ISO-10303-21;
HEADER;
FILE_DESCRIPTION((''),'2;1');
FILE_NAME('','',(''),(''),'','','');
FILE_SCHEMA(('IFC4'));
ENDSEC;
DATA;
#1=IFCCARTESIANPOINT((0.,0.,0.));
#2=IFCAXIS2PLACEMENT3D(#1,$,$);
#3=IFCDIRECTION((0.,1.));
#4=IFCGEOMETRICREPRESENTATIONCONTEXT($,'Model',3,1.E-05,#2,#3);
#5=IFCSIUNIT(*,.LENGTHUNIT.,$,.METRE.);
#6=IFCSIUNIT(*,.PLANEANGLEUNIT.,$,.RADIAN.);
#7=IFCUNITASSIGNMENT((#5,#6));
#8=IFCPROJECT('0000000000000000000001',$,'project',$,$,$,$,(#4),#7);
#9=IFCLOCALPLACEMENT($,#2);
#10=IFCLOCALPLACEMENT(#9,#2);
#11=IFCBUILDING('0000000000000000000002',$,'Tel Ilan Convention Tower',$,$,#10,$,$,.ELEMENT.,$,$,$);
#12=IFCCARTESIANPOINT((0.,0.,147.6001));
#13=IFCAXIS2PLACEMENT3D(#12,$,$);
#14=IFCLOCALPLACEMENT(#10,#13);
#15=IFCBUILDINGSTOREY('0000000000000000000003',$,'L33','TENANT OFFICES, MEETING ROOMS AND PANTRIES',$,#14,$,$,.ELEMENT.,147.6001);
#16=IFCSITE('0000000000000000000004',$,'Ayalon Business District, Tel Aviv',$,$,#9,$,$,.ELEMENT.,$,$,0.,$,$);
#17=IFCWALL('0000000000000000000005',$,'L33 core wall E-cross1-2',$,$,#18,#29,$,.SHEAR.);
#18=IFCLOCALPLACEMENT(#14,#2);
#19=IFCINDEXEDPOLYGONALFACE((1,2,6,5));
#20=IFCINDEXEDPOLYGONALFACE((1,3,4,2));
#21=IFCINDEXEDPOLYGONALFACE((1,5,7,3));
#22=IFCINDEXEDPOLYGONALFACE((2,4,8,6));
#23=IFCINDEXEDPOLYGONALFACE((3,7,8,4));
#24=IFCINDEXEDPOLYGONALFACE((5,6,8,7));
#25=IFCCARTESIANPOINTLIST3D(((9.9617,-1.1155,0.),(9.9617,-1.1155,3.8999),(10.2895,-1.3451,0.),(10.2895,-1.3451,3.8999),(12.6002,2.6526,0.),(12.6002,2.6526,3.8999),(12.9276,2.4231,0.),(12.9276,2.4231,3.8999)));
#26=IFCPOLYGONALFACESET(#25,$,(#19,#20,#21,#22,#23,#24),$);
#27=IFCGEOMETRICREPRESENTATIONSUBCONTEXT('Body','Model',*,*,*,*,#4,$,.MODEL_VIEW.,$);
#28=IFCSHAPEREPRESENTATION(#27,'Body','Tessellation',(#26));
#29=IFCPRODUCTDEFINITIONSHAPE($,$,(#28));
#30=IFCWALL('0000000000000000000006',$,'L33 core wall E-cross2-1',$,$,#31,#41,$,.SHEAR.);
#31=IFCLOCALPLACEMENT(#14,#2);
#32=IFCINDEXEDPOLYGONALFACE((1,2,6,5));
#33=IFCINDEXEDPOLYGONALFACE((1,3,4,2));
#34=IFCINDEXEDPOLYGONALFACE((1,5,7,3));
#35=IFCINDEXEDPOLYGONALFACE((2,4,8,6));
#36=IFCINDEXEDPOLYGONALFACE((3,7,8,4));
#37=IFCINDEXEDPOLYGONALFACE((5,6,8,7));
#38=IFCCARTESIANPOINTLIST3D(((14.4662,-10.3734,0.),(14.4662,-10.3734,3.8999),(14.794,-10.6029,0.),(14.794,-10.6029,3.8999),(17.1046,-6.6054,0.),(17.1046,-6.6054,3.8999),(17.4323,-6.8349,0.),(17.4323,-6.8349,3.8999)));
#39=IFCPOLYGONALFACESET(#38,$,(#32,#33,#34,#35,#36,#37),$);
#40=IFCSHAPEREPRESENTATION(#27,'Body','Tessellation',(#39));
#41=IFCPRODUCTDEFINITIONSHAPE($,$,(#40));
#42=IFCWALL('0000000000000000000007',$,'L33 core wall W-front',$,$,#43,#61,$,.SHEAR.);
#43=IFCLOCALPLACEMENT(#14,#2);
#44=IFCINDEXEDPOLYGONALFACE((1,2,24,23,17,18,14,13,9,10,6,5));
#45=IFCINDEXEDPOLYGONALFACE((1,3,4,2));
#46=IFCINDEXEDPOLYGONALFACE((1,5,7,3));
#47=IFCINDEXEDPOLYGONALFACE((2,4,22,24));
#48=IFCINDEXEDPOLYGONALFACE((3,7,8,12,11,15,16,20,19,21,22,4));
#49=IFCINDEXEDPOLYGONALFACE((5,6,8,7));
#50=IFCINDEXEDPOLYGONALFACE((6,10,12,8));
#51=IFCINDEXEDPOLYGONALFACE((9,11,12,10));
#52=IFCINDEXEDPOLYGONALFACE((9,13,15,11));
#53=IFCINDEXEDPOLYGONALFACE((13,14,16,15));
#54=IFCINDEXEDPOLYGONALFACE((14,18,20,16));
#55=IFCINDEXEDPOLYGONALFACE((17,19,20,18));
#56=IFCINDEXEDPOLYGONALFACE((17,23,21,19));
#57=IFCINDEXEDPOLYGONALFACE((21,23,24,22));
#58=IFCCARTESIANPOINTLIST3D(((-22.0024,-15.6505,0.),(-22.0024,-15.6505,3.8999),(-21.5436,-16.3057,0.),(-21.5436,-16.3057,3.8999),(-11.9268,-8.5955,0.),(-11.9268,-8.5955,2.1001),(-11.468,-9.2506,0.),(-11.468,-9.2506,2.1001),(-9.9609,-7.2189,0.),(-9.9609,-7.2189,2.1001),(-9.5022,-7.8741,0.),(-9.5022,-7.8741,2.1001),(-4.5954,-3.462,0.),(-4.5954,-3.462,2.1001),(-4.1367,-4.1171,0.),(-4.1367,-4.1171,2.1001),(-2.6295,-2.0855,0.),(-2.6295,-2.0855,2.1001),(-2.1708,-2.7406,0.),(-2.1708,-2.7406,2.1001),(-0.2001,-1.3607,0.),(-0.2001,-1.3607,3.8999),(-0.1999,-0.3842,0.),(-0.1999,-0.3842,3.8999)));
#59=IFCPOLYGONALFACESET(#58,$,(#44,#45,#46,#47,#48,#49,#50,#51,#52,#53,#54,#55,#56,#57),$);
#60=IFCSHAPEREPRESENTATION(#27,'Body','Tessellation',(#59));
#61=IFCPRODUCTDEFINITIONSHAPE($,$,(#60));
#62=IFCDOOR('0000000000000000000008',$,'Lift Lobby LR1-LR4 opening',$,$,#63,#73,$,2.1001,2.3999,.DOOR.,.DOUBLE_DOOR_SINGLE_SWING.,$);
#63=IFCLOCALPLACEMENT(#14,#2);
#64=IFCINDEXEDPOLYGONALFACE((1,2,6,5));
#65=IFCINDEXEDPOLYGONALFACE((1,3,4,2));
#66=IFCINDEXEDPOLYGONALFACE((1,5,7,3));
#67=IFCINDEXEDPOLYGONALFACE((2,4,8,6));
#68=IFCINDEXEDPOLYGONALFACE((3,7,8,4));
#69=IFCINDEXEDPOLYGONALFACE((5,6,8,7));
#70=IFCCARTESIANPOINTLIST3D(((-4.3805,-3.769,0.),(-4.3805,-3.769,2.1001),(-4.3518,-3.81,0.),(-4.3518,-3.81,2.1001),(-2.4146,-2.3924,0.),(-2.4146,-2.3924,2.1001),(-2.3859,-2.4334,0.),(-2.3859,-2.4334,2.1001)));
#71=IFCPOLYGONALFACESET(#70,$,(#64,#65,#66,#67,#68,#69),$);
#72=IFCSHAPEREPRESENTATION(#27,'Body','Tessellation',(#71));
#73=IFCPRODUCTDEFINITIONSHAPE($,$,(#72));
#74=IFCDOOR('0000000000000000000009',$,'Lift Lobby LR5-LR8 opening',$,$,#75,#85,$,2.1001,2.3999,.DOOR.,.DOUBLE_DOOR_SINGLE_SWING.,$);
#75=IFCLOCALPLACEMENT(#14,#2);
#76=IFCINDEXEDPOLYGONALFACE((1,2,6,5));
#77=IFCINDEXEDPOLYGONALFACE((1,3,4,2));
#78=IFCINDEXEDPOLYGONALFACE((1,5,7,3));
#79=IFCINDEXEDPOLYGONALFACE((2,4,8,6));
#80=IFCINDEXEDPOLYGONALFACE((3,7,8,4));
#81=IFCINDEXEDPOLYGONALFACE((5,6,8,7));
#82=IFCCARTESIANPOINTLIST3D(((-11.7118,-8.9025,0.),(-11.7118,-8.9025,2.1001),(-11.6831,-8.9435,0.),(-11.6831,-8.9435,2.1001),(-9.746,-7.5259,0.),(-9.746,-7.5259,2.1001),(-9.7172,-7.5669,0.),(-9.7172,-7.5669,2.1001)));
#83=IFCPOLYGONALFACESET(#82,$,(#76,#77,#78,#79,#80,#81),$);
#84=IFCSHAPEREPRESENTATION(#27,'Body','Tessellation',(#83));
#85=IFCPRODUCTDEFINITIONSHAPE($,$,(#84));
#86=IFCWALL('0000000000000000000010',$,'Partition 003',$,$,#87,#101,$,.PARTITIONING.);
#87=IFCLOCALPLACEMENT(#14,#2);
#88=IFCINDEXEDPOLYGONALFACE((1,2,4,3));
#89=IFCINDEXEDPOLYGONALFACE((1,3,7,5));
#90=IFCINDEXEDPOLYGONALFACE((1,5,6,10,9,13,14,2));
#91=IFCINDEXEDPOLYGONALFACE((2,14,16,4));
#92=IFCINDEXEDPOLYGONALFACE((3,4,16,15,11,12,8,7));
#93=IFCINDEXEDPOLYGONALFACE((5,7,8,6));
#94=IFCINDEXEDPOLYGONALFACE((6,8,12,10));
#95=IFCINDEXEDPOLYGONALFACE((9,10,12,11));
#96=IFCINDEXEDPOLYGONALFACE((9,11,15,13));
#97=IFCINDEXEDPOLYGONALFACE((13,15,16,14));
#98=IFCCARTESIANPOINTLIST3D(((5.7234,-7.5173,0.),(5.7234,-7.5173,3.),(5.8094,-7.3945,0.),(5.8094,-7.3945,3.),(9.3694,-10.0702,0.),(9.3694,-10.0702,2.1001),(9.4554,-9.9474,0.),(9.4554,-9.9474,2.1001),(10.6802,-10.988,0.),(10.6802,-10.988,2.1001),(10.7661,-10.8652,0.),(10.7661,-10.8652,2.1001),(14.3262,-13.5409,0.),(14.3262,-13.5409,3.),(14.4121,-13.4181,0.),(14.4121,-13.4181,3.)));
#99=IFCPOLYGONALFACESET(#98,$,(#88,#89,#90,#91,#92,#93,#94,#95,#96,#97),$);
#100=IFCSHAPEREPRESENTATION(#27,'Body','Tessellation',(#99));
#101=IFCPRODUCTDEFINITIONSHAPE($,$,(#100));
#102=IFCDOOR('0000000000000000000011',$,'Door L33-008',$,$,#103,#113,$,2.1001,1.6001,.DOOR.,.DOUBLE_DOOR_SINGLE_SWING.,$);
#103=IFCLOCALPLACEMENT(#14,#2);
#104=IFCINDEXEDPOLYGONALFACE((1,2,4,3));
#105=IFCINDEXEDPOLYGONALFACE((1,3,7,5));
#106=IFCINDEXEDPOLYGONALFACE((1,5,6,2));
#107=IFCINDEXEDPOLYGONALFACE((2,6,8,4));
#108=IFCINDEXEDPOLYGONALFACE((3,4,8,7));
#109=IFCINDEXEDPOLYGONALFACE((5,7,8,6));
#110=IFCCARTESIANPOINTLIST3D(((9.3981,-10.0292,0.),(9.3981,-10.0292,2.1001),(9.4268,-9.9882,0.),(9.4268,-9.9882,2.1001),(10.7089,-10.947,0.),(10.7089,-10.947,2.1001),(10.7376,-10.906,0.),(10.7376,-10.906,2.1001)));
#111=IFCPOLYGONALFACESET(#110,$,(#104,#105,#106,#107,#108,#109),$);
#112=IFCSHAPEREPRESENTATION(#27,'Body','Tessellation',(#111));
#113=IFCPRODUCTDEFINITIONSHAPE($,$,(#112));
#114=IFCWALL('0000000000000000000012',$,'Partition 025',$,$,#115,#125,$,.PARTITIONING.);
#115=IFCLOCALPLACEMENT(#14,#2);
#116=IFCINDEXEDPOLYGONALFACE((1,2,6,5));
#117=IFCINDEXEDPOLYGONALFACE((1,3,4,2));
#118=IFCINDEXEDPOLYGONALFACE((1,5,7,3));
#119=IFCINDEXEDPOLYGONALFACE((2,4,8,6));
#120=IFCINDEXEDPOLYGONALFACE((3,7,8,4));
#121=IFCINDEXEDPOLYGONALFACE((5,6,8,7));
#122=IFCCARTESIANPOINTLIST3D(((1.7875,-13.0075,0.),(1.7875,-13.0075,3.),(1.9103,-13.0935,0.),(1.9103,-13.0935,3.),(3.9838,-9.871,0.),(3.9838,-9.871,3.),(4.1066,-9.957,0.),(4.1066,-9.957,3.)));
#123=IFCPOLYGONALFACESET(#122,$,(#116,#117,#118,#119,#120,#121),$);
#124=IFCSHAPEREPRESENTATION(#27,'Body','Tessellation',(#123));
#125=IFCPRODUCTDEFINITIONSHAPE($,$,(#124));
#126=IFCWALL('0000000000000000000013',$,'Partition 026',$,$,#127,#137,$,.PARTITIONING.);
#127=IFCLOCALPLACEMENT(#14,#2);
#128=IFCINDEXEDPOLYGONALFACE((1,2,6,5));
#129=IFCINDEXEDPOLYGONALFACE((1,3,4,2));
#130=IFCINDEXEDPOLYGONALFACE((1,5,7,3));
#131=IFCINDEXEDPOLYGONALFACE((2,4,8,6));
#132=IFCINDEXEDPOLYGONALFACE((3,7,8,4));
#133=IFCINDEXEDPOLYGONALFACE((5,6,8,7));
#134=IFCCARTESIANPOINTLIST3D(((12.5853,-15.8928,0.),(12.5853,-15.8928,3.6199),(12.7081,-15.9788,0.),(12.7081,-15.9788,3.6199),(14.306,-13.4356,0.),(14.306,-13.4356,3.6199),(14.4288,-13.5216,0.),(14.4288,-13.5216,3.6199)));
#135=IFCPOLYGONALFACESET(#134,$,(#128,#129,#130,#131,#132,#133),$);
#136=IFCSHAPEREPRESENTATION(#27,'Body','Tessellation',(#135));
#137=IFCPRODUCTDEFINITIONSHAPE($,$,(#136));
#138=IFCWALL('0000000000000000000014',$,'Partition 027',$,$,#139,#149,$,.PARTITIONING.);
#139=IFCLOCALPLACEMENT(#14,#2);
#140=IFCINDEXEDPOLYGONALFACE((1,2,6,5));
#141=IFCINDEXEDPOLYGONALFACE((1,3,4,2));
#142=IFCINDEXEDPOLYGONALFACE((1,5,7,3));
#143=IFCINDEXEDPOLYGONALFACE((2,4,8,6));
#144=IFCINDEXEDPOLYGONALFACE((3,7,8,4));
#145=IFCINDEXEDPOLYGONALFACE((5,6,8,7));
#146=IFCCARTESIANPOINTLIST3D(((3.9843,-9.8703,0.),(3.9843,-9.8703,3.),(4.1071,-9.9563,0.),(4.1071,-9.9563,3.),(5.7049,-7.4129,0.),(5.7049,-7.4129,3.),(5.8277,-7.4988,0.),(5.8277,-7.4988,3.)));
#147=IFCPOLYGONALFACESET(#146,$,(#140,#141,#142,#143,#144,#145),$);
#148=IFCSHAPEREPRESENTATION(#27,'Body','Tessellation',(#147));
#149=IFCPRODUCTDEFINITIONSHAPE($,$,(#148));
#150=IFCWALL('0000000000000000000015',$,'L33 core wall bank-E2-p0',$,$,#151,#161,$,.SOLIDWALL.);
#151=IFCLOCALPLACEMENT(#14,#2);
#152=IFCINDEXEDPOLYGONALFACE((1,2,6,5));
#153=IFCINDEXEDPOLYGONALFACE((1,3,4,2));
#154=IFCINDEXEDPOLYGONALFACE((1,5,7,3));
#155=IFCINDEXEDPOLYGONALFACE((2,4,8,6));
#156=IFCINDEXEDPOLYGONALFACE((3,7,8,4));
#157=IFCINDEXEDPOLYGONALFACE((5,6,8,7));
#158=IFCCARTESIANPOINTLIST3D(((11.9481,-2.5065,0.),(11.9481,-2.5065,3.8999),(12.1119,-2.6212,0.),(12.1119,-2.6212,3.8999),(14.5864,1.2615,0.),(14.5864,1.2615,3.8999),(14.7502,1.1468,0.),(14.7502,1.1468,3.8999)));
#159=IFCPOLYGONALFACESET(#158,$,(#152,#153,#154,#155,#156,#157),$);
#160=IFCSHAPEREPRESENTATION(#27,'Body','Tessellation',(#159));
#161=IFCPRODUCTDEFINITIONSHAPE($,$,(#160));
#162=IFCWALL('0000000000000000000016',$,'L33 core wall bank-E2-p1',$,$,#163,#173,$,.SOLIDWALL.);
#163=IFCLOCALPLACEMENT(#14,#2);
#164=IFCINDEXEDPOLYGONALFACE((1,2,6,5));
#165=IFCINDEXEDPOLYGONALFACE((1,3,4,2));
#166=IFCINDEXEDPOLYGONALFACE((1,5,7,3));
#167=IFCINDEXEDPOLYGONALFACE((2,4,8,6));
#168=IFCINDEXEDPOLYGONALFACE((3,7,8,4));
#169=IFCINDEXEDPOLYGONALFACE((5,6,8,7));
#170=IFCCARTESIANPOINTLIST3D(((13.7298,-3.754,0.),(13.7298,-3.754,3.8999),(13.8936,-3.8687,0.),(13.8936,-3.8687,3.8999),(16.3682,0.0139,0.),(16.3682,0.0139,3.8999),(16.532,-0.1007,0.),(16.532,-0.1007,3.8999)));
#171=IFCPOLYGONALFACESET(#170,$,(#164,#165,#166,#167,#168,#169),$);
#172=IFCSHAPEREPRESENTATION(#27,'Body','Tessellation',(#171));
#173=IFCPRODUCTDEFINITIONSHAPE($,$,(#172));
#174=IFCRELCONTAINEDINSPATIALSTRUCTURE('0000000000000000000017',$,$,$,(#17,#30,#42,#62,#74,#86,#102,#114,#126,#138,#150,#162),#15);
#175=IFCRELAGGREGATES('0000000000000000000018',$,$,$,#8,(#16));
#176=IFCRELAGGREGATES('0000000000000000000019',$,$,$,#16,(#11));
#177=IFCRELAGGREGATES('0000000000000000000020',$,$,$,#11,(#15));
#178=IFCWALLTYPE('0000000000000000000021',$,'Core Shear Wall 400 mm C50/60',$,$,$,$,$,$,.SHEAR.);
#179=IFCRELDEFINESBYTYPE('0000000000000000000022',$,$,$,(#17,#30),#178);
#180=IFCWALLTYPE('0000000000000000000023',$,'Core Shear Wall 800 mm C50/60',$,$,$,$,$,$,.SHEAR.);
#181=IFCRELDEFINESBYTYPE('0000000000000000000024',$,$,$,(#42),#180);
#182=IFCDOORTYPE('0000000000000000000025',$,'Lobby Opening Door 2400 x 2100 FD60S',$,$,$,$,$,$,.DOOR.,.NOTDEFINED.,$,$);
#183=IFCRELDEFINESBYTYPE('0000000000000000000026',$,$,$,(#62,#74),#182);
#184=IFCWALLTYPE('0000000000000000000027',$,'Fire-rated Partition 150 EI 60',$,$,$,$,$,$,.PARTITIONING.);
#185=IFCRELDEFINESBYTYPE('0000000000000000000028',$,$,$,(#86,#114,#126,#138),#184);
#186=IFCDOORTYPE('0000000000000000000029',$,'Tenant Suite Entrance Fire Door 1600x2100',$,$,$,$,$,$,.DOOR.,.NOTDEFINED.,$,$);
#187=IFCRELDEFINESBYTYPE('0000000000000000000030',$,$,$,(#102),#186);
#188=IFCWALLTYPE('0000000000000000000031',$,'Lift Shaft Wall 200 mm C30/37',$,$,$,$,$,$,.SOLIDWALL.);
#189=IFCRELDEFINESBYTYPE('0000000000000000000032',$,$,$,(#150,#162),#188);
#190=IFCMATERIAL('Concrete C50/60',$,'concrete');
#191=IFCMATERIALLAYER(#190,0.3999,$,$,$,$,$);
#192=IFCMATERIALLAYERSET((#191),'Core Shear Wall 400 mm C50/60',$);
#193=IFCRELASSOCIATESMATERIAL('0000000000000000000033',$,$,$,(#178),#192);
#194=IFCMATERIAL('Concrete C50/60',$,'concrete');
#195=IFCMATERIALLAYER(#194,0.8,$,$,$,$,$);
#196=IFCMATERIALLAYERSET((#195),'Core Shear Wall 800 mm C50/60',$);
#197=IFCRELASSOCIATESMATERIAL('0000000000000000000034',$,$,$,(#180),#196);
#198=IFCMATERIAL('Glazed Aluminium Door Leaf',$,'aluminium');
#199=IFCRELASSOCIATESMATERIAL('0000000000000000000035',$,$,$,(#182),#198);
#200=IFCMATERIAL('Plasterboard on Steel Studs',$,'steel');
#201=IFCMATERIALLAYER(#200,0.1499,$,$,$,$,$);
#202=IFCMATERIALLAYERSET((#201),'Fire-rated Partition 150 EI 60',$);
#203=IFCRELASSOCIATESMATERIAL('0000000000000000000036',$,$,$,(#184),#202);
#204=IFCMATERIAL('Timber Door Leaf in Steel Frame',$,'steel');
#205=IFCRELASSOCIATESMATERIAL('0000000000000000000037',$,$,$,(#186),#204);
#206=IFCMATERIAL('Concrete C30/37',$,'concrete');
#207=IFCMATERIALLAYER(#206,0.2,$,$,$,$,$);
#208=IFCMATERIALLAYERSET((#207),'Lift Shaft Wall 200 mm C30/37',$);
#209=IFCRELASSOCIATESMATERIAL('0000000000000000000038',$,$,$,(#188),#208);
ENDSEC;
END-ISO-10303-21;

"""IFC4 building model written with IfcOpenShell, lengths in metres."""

from ifc_helpers import new_model, si_unit, direction, frame, frame_2d, origin, place, context, subcontext, project, spatial, polyline, rectangle, outline, extrude, material, layer, layer_set, type_object, element, fill, save


model = new_model("IFC4")

# Units and contexts
model_context = context("Model", 3, precision=1e-05, world=origin(), true_north=direction((0.0, 1.0)))
body_context = subcontext(model_context, "Body", "Model", "MODEL_VIEW")
ifc_project = project(units=[si_unit("LENGTHUNIT", "METRE"), si_unit("PLANEANGLEUNIT", "RADIAN")], contexts=[model_context])

# Site, building, storey
site_placement = place(None, origin())
site = spatial("IfcSite", under=ifc_project, at=site_placement, Name="Ayalon Business District, Tel Aviv", CompositionType="ELEMENT", RefElevation=0.0)
building_placement = place(site_placement, origin())
building = spatial("IfcBuilding", under=site, at=building_placement, Name="Tel Ilan Convention Tower", CompositionType="ELEMENT")
storey_placement = place(building_placement, frame((0.0, 0.0, 147.6001)))
storey = spatial("IfcBuildingStorey", under=building, at=storey_placement, Name="L33", Description="TENANT OFFICES, MEETING ROOMS AND PANTRIES", CompositionType="ELEMENT", Elevation=147.6001)

# Walls
ifc_material_1 = material(Name="Concrete C50/60", Category="concrete")
ifc_layer_1 = layer(ifc_material_1, 0.3999)
ifc_layer_set_1 = layer_set([ifc_layer_1], Name="Core Shear Wall 400 mm C50/60")
wall_type_1 = type_object("IfcWallType", Name="Core Shear Wall 400 mm C50/60", PredefinedType="SHEAR", material=ifc_layer_set_1)
wall_1_placement = place(storey_placement, frame((10.1255, -1.2302, 0.0), z_axis=(0.0, 0.0, 1.0), x_axis=(0.573576, 0.819152, 0.0)))
element("IfcWall", 1, at=wall_1_placement, inside=storey, type_object=wall_type_1, Name="L33 core wall E-cross1-2", PredefinedType="SHEAR", context=body_context, shape_type="SweptSolid", body=[
    extrude(outline(polyline([(4.5999, -0.2), (4.6001, 0.2), (0.0, 0.2), (0.0, -0.2002), (4.5999, -0.2)])), origin(), (0.0, 0.0, 1.0), 3.8999),
])
wall_2_placement = place(storey_placement, frame((14.6299, -10.4883, 0.0), z_axis=(0.0, 0.0, 1.0), x_axis=(0.573612, 0.819127, 0.0)))
element("IfcWall", 2, at=wall_2_placement, inside=storey, type_object=wall_type_1, Name="L33 core wall E-cross2-1", PredefinedType="SHEAR", context=body_context, shape_type="SweptSolid", body=[
    extrude(outline(polyline([(0.0002, 0.2), (0.0002, -0.2002), (4.6001, -0.2), (4.6001, 0.2002), (0.0002, 0.2)])), origin(), (0.0, 0.0, 1.0), 3.8999),
])

# Wall, openings, doors
ifc_material_2 = material(Name="Concrete C50/60", Category="concrete")
ifc_layer_2 = layer(ifc_material_2, 0.8)
ifc_layer_set_2 = layer_set([ifc_layer_2], Name="Core Shear Wall 800 mm C50/60")
wall_type_2 = type_object("IfcWallType", Name="Core Shear Wall 800 mm C50/60", PredefinedType="SHEAR", material=ifc_layer_set_2)
wall_3_placement = place(storey_placement, frame((0.0293, -0.7119, 0.0), z_axis=(0.0, 0.0, 1.0), x_axis=(-0.819152, -0.573577, 0.0)))
wall_3 = element("IfcWall", 3, at=wall_3_placement, inside=storey, type_object=wall_type_2, Name="L33 core wall W-front", PredefinedType="SHEAR", context=body_context, shape_type="SweptSolid", body=[
    extrude(outline(polyline([(26.6157, 0.3999), (0.5601, 0.3999), (-0.0002, -0.3999), (26.6157, -0.3999), (26.6157, 0.3999)])), origin(), (0.0, 0.0, 1.0), 3.8999),
])
opening_1_placement = place(wall_3_placement, frame((2.9658, 0.0, 0.0)))
opening_1 = element("IfcOpeningElement", 4, at=opening_1_placement, cuts=wall_3, PredefinedType="OPENING", context=body_context, shape_type="SweptSolid", body=[
    extrude(rectangle(XDim=2.3999, YDim=2.1001, at=frame_2d((1.2, 1.05))), frame((0.0, 0.4099, 0.0), z_axis=(0.0, -1.0, 0.0), x_axis=(1.0, 0.0, 0.0)), (0.0, 0.0, 1.0), 0.8201),
])
opening_2_placement = place(wall_3_placement, frame((11.9158, 0.0, 0.0)))
opening_2 = element("IfcOpeningElement", 5, at=opening_2_placement, cuts=wall_3, PredefinedType="OPENING", context=body_context, shape_type="SweptSolid", body=[
    extrude(rectangle(XDim=2.3999, YDim=2.1001, at=frame_2d((1.2, 1.05))), frame((0.0, 0.4099, 0.0), z_axis=(0.0, -1.0, 0.0), x_axis=(1.0, 0.0, 0.0)), (0.0, 0.0, 1.0), 0.8201),
])
ifc_material_3 = material(Name="Glazed Aluminium Door Leaf", Category="aluminium")
door_type_1 = type_object("IfcDoorType", Name="Lobby Opening Door 2400 x 2100 FD60S", OperationType="NOTDEFINED", PredefinedType="DOOR", material=ifc_material_3)
door_1_placement = place(opening_1_placement, origin())
door_1 = element("IfcDoor", 6, at=door_1_placement, inside=storey, type_object=door_type_1, Name="Lift Lobby LR1-LR4 opening", OperationType="DOUBLE_DOOR_SINGLE_SWING", OverallHeight=2.1001, OverallWidth=2.3999, PredefinedType="DOOR", context=body_context, shape_type="SweptSolid", body=[
    extrude(rectangle(XDim=2.3999, YDim=2.1001, at=frame_2d((1.2, 1.05))), frame((0.0, 0.0249, 0.0), z_axis=(0.0, -1.0, 0.0), x_axis=(1.0, 0.0, 0.0)), (0.0, 0.0, 1.0), 0.05),
])
fill(opening_1, door_1)
door_2_placement = place(opening_2_placement, origin())
door_2 = element("IfcDoor", 7, at=door_2_placement, inside=storey, type_object=door_type_1, Name="Lift Lobby LR5-LR8 opening", OperationType="DOUBLE_DOOR_SINGLE_SWING", OverallHeight=2.1001, OverallWidth=2.3999, PredefinedType="DOOR", context=body_context, shape_type="SweptSolid", body=[
    extrude(rectangle(XDim=2.3999, YDim=2.1001, at=frame_2d((1.2, 1.05))), frame((0.0, 0.0249, 0.0), z_axis=(0.0, -1.0, 0.0), x_axis=(1.0, 0.0, 0.0)), (0.0, 0.0, 1.0), 0.05),
])
fill(opening_2, door_2)

# Wall, opening, door
ifc_material_4 = material(Name="Plasterboard on Steel Studs", Category="steel")
ifc_layer_3 = layer(ifc_material_4, 0.1499)
ifc_layer_set_3 = layer_set([ifc_layer_3], Name="Fire-rated Partition 150 EI 60")
wall_type_3 = type_object("IfcWallType", Name="Fire-rated Partition 150 EI 60", PredefinedType="PARTITIONING", material=ifc_layer_set_3)
wall_4_placement = place(storey_placement, frame((14.3691, -13.4795, 0.0), z_axis=(0.0, 0.0, 1.0), x_axis=(-0.819154, 0.573573, 0.0)))
wall_4 = element("IfcWall", 8, at=wall_4_placement, inside=storey, type_object=wall_type_3, Name="Partition 003", PredefinedType="PARTITIONING", context=body_context, shape_type="SweptSolid", body=[
    extrude(rectangle(XDim=10.502, YDim=0.1499, at=frame_2d((5.251, 0.0))), origin(), (0.0, 0.0, 1.0), 3.0),
])
opening_3_placement = place(wall_4_placement, frame((4.4509, 0.0, 0.0)))
opening_3 = element("IfcOpeningElement", 9, at=opening_3_placement, cuts=wall_4, PredefinedType="OPENING", context=body_context, shape_type="SweptSolid", body=[
    extrude(rectangle(XDim=1.6001, YDim=2.1001, at=frame_2d((0.8, 1.05))), frame((0.0, 0.085, 0.0), z_axis=(0.0, -1.0, 0.0), x_axis=(1.0, 0.0, 0.0)), (0.0, 0.0, 1.0), 0.1699),
])
ifc_material_5 = material(Name="Timber Door Leaf in Steel Frame", Category="steel")
door_type_2 = type_object("IfcDoorType", Name="Tenant Suite Entrance Fire Door 1600x2100", OperationType="NOTDEFINED", PredefinedType="DOOR", material=ifc_material_5)
door_3_placement = place(opening_3_placement, origin())
door_3 = element("IfcDoor", 10, at=door_3_placement, inside=storey, type_object=door_type_2, Name="Door L33-008", OperationType="DOUBLE_DOOR_SINGLE_SWING", OverallHeight=2.1001, OverallWidth=1.6001, PredefinedType="DOOR", context=body_context, shape_type="SweptSolid", body=[
    extrude(rectangle(XDim=1.6001, YDim=2.1001, at=frame_2d((0.8, 1.05))), frame((0.0, 0.0249, 0.0), z_axis=(0.0, -1.0, 0.0), x_axis=(1.0, 0.0, 0.0)), (0.0, 0.0, 1.0), 0.05),
])
fill(opening_3, door_3)

# Walls
wall_5_placement = place(storey_placement, frame((1.8489, -13.0505, 0.0), z_axis=(0.0, 0.0, 1.0), x_axis=(0.573595, 0.819139, 0.0)))
element("IfcWall", 11, at=wall_5_placement, inside=storey, type_object=wall_type_3, Name="Partition 025", PredefinedType="PARTITIONING", context=body_context, shape_type="SweptSolid", body=[
    extrude(rectangle(XDim=3.8291, YDim=0.1499, at=frame_2d((1.9146, 0.0))), origin(), (0.0, 0.0, 1.0), 3.0),
])
wall_6_placement = place(storey_placement, frame((14.3674, -13.4785, 0.0), z_axis=(0.0, 0.0, 1.0), x_axis=(-0.573599, -0.819136, 0.0)))
element("IfcWall", 12, at=wall_6_placement, inside=storey, type_object=wall_type_3, Name="Partition 026", PredefinedType="PARTITIONING", context=body_context, shape_type="SweptSolid", body=[
    extrude(rectangle(XDim=2.9998, YDim=0.1499, at=frame_2d((1.5, 0.0))), origin(), (0.0, 0.0, 1.0), 3.6199),
])
wall_7_placement = place(storey_placement, frame((4.0457, -9.9133, 0.0), z_axis=(0.0, 0.0, 1.0), x_axis=(0.573561, 0.819163, 0.0)))
element("IfcWall", 13, at=wall_7_placement, inside=storey, type_object=wall_type_3, Name="Partition 027", PredefinedType="PARTITIONING", context=body_context, shape_type="SweptSolid", body=[
    extrude(rectangle(XDim=3.0, YDim=0.1499, at=frame_2d((1.5, 0.0))), origin(), (0.0, 0.0, 1.0), 3.0),
])
ifc_material_6 = material(Name="Concrete C30/37", Category="concrete")
ifc_layer_4 = layer(ifc_material_6, 0.2)
ifc_layer_set_4 = layer_set([ifc_layer_4], Name="Lift Shaft Wall 200 mm C30/37")
wall_type_4 = type_object("IfcWallType", Name="Lift Shaft Wall 200 mm C30/37", PredefinedType="SOLIDWALL", material=ifc_layer_set_4)
for number, where, z_axis, x_axis, name in (
    (14, (12.03, -2.5637, 0.0), (0.0, 0.0, 1.0), (0.573576, 0.819152, 0.0), "L33 core wall bank-E2-p0"),
    (15, (13.8118, -3.8113, 0.0), (0.0, 0.0, 1.0), (0.573576, 0.819152, 0.0), "L33 core wall bank-E2-p1"),
):
    element("IfcWall", number, at=place(storey_placement, frame(where, z_axis=z_axis, x_axis=x_axis)), inside=storey, type_object=wall_type_4, Name=name, PredefinedType="SOLIDWALL", context=body_context, shape_type="SweptSolid", body=[
        extrude(rectangle(XDim=4.5999, YDim=0.2, at=frame_2d((2.2998, 0.0))), origin(), (0.0, 0.0, 1.0), 3.8999),
    ])

save(model, "model.ifc")
